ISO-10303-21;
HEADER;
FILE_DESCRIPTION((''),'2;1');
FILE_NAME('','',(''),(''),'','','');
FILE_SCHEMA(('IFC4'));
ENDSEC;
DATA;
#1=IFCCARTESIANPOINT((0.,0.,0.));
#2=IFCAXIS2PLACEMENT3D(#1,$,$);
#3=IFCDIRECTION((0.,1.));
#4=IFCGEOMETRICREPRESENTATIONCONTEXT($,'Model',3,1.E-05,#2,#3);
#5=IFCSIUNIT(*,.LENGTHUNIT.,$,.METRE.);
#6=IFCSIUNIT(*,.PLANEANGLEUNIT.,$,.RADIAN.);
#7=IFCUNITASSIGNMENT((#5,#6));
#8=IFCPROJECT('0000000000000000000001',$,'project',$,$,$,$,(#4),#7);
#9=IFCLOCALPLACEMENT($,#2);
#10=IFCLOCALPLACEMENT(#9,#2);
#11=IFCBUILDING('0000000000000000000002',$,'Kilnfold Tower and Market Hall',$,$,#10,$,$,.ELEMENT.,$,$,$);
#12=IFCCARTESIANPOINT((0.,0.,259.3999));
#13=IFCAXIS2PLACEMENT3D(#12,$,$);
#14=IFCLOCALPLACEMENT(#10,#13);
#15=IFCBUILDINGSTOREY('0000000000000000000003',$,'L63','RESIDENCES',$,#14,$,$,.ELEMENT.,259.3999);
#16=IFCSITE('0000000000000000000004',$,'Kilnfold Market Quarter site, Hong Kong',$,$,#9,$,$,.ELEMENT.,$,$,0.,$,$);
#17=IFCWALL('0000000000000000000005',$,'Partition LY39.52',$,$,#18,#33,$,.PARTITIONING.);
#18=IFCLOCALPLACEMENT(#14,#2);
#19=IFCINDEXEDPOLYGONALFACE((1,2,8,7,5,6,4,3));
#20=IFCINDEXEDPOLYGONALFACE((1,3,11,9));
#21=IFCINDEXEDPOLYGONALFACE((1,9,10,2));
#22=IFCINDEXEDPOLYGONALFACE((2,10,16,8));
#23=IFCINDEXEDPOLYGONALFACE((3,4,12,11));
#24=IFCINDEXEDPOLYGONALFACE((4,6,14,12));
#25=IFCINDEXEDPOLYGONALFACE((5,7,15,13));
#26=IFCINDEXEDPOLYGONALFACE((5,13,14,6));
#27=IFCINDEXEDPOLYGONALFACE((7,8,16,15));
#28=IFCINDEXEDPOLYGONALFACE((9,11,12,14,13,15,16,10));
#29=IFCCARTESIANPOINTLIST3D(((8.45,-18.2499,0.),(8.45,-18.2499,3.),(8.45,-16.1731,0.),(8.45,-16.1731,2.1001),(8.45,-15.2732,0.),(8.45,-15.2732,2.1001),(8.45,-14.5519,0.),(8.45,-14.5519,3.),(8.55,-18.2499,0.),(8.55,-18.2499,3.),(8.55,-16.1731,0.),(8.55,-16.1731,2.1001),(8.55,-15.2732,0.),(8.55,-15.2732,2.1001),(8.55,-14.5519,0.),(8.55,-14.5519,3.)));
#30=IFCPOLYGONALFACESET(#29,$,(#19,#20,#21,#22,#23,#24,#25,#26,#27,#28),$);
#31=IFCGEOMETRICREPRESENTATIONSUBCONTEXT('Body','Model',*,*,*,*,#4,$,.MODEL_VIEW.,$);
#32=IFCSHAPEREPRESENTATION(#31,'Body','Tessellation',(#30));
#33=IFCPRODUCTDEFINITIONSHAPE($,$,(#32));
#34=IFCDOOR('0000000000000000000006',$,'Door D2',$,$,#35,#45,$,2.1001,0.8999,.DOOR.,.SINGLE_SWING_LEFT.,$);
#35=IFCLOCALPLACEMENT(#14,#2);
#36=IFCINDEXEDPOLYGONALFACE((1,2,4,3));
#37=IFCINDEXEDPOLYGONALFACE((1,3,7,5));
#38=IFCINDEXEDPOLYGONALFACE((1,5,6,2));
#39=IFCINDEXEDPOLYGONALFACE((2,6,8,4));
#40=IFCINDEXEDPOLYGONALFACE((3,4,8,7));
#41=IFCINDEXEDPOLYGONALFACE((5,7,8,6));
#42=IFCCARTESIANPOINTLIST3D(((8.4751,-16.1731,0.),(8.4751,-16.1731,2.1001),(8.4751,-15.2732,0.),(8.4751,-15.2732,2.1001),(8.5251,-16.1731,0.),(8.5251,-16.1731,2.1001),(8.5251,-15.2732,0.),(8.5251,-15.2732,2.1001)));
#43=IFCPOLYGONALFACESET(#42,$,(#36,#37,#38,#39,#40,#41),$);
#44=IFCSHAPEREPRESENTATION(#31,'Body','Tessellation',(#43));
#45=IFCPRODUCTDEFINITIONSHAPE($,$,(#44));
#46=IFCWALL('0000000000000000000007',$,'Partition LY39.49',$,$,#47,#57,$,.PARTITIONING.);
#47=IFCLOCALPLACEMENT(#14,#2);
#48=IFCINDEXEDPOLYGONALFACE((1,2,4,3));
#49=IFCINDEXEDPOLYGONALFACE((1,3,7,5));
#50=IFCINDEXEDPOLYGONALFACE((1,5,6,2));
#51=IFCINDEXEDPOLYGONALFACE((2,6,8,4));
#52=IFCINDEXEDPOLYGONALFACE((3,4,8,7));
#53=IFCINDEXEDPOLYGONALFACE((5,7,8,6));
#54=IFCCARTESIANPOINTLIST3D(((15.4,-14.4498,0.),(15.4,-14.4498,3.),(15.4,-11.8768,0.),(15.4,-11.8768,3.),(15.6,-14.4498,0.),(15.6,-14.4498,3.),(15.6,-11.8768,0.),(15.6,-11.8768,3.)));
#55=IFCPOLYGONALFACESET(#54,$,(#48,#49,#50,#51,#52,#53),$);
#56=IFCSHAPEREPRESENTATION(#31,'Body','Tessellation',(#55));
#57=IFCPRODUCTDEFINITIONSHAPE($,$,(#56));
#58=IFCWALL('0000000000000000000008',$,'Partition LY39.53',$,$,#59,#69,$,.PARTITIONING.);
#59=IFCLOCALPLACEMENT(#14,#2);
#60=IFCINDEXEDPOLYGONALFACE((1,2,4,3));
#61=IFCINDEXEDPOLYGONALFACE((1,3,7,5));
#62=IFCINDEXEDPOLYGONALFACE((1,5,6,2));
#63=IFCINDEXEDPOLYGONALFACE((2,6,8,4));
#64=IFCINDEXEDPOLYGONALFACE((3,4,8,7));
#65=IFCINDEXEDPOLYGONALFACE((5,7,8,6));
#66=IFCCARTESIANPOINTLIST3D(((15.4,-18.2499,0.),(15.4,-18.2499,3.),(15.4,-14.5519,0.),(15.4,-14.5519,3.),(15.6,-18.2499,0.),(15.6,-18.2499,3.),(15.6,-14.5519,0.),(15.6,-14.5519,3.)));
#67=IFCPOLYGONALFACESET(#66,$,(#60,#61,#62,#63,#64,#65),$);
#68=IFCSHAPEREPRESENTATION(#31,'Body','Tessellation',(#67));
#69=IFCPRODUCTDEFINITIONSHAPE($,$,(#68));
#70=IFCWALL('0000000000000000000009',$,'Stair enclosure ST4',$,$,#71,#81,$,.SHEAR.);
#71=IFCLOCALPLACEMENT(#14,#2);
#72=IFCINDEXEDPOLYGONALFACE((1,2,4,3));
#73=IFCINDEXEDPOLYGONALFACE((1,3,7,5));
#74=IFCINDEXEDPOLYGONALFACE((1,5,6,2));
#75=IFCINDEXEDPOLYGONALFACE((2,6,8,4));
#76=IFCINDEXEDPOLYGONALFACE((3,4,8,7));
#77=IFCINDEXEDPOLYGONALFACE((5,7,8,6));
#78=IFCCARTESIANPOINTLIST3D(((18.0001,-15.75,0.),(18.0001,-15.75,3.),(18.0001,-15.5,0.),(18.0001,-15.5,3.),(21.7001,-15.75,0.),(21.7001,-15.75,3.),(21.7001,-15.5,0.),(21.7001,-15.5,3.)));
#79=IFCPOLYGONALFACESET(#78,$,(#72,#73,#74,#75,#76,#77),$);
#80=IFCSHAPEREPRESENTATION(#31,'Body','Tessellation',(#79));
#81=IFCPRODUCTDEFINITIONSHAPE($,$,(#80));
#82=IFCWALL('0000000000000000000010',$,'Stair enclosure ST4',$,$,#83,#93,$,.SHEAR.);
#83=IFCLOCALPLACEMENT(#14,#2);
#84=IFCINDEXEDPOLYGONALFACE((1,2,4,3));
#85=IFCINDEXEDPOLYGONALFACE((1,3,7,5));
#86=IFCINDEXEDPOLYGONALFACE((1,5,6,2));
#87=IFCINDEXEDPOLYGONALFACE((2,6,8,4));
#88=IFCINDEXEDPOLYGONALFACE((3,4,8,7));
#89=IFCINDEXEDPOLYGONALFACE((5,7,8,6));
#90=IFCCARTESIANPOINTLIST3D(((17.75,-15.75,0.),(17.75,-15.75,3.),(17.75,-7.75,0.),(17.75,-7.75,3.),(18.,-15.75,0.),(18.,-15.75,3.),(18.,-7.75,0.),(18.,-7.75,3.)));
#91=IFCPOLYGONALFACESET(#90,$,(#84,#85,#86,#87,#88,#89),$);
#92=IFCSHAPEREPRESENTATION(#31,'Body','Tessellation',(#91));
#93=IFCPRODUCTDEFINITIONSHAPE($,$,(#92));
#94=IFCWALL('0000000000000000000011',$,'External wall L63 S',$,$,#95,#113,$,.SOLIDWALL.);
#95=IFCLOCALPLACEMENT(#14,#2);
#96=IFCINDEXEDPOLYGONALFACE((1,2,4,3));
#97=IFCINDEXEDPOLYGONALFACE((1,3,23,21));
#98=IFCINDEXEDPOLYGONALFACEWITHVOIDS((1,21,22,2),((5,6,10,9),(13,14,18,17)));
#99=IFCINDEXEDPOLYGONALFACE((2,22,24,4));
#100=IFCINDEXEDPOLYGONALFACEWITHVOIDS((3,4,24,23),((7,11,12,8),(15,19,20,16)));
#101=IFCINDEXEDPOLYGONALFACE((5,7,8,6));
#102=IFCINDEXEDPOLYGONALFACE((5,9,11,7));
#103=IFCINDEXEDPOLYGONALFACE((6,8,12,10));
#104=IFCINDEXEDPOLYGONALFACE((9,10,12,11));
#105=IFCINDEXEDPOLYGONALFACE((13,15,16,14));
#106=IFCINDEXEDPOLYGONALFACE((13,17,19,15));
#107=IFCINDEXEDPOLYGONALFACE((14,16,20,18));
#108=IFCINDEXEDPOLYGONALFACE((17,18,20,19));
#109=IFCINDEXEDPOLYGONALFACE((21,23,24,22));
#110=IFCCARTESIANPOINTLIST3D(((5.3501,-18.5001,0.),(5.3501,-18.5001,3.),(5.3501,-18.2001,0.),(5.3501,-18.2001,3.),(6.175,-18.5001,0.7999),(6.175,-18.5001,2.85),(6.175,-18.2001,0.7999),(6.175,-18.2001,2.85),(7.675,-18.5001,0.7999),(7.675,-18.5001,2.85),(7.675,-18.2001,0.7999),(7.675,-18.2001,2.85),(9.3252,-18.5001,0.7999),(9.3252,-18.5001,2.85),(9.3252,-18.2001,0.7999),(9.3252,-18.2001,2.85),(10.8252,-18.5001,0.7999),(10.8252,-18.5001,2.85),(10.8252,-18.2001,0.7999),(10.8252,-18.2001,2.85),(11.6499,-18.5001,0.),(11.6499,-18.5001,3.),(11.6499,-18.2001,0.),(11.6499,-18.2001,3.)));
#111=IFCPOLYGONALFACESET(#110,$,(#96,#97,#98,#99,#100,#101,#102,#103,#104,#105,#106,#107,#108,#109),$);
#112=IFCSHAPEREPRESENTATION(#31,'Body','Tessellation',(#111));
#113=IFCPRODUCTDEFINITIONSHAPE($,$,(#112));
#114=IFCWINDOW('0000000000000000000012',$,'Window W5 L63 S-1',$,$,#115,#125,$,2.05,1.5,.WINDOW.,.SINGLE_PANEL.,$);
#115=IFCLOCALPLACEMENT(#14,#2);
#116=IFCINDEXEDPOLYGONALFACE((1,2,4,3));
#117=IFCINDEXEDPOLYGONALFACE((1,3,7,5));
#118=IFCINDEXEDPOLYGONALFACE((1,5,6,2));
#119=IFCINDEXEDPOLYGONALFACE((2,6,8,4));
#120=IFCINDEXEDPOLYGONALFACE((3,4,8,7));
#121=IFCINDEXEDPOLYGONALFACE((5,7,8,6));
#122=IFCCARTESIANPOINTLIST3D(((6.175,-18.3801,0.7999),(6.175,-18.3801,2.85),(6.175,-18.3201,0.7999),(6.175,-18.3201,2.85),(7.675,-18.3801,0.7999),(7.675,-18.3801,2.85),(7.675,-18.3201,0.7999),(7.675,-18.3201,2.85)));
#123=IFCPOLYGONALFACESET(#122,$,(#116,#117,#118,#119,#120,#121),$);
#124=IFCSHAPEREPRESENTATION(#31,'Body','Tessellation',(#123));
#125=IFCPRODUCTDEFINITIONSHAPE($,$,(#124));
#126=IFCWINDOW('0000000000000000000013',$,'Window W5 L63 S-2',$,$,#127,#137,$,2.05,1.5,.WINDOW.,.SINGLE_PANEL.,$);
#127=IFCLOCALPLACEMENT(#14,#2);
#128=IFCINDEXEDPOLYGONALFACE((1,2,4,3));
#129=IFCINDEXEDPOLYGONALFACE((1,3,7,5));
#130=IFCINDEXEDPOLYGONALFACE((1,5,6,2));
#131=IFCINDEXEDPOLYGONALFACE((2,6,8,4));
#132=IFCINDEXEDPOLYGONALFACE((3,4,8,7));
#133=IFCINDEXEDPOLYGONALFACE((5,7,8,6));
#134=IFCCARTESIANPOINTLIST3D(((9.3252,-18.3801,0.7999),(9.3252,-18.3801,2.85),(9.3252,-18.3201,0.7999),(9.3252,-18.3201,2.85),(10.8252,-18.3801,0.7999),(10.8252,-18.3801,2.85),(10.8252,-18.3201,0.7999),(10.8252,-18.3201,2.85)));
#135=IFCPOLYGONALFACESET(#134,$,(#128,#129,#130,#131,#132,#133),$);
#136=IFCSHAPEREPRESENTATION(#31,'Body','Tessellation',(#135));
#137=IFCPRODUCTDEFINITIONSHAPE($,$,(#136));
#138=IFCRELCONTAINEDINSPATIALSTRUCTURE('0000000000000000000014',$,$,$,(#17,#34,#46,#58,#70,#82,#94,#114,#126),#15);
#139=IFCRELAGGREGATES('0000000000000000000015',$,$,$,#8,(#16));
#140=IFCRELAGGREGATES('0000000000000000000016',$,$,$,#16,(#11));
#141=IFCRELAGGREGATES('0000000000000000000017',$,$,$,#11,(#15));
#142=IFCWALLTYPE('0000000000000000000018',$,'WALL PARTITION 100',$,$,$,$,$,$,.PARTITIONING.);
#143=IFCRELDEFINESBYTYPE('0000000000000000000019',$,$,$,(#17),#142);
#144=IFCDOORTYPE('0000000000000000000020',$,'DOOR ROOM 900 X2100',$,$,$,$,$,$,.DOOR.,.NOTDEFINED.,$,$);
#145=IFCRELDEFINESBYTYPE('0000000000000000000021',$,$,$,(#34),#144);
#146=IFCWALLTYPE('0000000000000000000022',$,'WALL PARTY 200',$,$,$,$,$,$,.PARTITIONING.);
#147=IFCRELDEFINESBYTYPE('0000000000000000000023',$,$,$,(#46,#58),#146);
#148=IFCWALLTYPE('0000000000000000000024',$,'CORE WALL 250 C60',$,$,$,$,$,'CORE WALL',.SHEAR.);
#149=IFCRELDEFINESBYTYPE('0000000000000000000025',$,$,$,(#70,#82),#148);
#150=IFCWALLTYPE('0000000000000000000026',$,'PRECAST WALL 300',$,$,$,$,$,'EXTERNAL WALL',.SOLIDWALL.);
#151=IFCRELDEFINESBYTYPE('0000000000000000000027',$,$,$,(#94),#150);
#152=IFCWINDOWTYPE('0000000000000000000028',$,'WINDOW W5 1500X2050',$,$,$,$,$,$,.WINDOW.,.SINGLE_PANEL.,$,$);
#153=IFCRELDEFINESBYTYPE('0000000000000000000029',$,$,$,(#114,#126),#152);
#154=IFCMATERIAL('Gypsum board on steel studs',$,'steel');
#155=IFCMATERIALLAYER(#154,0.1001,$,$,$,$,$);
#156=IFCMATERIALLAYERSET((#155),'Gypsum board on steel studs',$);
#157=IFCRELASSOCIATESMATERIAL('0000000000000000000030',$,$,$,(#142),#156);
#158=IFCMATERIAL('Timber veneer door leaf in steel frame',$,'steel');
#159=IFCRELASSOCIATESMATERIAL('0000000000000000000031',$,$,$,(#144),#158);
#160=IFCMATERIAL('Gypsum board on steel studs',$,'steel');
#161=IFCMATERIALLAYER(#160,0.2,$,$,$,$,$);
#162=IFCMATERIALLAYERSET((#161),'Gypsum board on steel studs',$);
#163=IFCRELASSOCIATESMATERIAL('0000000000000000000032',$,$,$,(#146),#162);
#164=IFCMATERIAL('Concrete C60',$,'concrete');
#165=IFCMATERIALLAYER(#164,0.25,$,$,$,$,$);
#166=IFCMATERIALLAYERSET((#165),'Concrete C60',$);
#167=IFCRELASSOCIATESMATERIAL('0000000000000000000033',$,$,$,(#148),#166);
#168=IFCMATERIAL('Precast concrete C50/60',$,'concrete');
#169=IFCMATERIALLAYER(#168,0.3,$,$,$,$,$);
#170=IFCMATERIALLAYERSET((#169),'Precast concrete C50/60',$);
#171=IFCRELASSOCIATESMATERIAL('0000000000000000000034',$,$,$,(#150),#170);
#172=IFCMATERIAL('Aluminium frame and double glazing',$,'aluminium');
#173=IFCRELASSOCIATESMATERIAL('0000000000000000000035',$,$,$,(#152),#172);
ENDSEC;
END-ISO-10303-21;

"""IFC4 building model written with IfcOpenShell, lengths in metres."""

from ifc_helpers import new_model, si_unit, direction, frame, frame_2d, origin, place, context, subcontext, project, spatial, rectangle, extrude, source, transform, mapped, material, layer, layer_set, type_object, element, fill, save


model = new_model("IFC4")

# Units and contexts
model_context = context("Model", 3, precision=1e-05, world=origin(), true_north=direction((0.0, 1.0)))
body_context = subcontext(model_context, "Body", "Model", "MODEL_VIEW")
ifc_project = project(units=[si_unit("LENGTHUNIT", "METRE"), si_unit("PLANEANGLEUNIT", "RADIAN")], contexts=[model_context])

# Site, building, storey
site_placement = place(None, origin())
site = spatial("IfcSite", under=ifc_project, at=site_placement, Name="Kilnfold Market Quarter site, Hong Kong", CompositionType="ELEMENT", RefElevation=0.0)
building_placement = place(site_placement, origin())
building = spatial("IfcBuilding", under=site, at=building_placement, Name="Kilnfold Tower and Market Hall", CompositionType="ELEMENT")
storey_placement = place(building_placement, frame((0.0, 0.0, 259.3999)))
storey = spatial("IfcBuildingStorey", under=building, at=storey_placement, Name="L63", Description="RESIDENCES", CompositionType="ELEMENT", Elevation=259.3999)

# Shared definitions
ifc_material_1 = material(Name="Gypsum board on steel studs", Category="steel")
ifc_layer_1 = layer(ifc_material_1, 0.1001)
ifc_layer_set_1 = layer_set([ifc_layer_1], Name="Gypsum board on steel studs")
wall_type_1 = type_object("IfcWallType", Name="WALL PARTITION 100", PredefinedType="PARTITIONING", material=ifc_layer_set_1)
ifc_material_2 = material(Name="Timber veneer door leaf in steel frame", Category="steel")
door_type_1 = type_object("IfcDoorType", Name="DOOR ROOM 900 X2100", OperationType="NOTDEFINED", PredefinedType="DOOR", material=ifc_material_2)

# Wall, opening, door
wall_1_placement = place(storey_placement, frame((8.5, -18.25, 0.0), z_axis=(0.0, 0.0, 1.0), x_axis=(0.0, 1.0, 0.0)))
wall_1 = element("IfcWall", 1, at=wall_1_placement, inside=storey, type_object=wall_type_1, Name="Partition LY39.52", PredefinedType="PARTITIONING", context=body_context, shape_type="SweptSolid", body=[
    extrude(rectangle(XDim=3.698, YDim=0.1001, at=frame_2d((1.8491, 0.0))), origin(), (0.0, 0.0, 1.0), 3.0),
])
opening_1_placement = place(wall_1_placement, frame((2.0769, 0.0, 0.0)))
opening_1 = element("IfcOpeningElement", 2, at=opening_1_placement, cuts=wall_1, PredefinedType="OPENING", context=body_context, shape_type="SweptSolid", body=[
    extrude(rectangle(XDim=0.8999, YDim=2.1001, at=frame_2d((0.45, 1.05))), frame((0.0, 0.0601, 0.0), z_axis=(0.0, -1.0, 0.0), x_axis=(1.0, 0.0, 0.0)), (0.0, 0.0, 1.0), 0.1201),
])
door_1_placement = place(opening_1_placement, origin())
door_1 = element("IfcDoor", 3, at=door_1_placement, inside=storey, type_object=door_type_1, Name="Door D2", OperationType="SINGLE_SWING_LEFT", OverallHeight=2.1001, OverallWidth=0.8999, PredefinedType="DOOR", context=body_context, shape_type="SweptSolid", body=[
    extrude(rectangle(XDim=0.8999, YDim=2.1001, at=frame_2d((0.45, 1.05))), frame((0.0, 0.0249, 0.0), z_axis=(0.0, -1.0, 0.0), x_axis=(1.0, 0.0, 0.0)), (0.0, 0.0, 1.0), 0.05),
])
fill(opening_1, door_1)

# Walls
ifc_material_3 = material(Name="Gypsum board on steel studs", Category="steel")
ifc_layer_2 = layer(ifc_material_3, 0.2)
ifc_layer_set_2 = layer_set([ifc_layer_2], Name="Gypsum board on steel studs")
wall_type_2 = type_object("IfcWallType", Name="WALL PARTY 200", PredefinedType="PARTITIONING", material=ifc_layer_set_2)
wall_2_placement = place(storey_placement, frame((15.5, -14.45, 0.0), z_axis=(0.0, 0.0, 1.0), x_axis=(0.0, 1.0, 0.0)))
element("IfcWall", 4, at=wall_2_placement, inside=storey, type_object=wall_type_2, Name="Partition LY39.49", PredefinedType="PARTITIONING", context=body_context, shape_type="SweptSolid", body=[
    extrude(rectangle(XDim=2.573, YDim=0.2, at=frame_2d((1.2866, 0.0))), origin(), (0.0, 0.0, 1.0), 3.0),
])
wall_3_placement = place(storey_placement, frame((15.5, -18.25, 0.0), z_axis=(0.0, 0.0, 1.0), x_axis=(0.0, 1.0, 0.0)))
element("IfcWall", 5, at=wall_3_placement, inside=storey, type_object=wall_type_2, Name="Partition LY39.53", PredefinedType="PARTITIONING", context=body_context, shape_type="SweptSolid", body=[
    extrude(rectangle(XDim=3.698, YDim=0.2, at=frame_2d((1.8491, 0.0))), origin(), (0.0, 0.0, 1.0), 3.0),
])
ifc_material_4 = material(Name="Concrete C60", Category="concrete")
ifc_layer_3 = layer(ifc_material_4, 0.25)
ifc_layer_set_3 = layer_set([ifc_layer_3], Name="Concrete C60")
wall_type_3 = type_object("IfcWallType", Name="CORE WALL 250 C60", ElementType="CORE WALL", PredefinedType="SHEAR", material=ifc_layer_set_3)
shared_shape_1 = source(origin(), body_context, "Body", "SweptSolid", [
    extrude(rectangle(XDim=3.7, YDim=0.25, at=frame_2d((1.8501, 0.0))), origin(), (0.0, 0.0, 1.0), 3.0),
])
wall_4_placement = place(storey_placement, frame((18.0, -15.625, 0.0), z_axis=(0.0, 0.0, 1.0), x_axis=(1.0, 0.0, 0.0)))
element("IfcWall", 6, at=wall_4_placement, inside=storey, type_object=wall_type_3, Name="Stair enclosure ST4", PredefinedType="SHEAR", context=body_context, shape_type="MappedRepresentation", body=[
    mapped(shared_shape_1, transform((0.0, 0.0, 0.0))),
])
shared_shape_2 = source(origin(), body_context, "Body", "SweptSolid", [
    extrude(rectangle(XDim=8.0, YDim=0.25, at=frame_2d((4.0, 0.0))), origin(), (0.0, 0.0, 1.0), 3.0),
])
wall_5_placement = place(storey_placement, frame((17.875, -15.75, 0.0), z_axis=(0.0, 0.0, 1.0), x_axis=(0.0, 1.0, 0.0)))
element("IfcWall", 7, at=wall_5_placement, inside=storey, type_object=wall_type_3, Name="Stair enclosure ST4", PredefinedType="SHEAR", context=body_context, shape_type="MappedRepresentation", body=[
    mapped(shared_shape_2, transform((0.0, 0.0, 0.0))),
])

# Wall, openings, windows
ifc_material_5 = material(Name="Precast concrete C50/60", Category="concrete")
ifc_layer_4 = layer(ifc_material_5, 0.3)
ifc_layer_set_4 = layer_set([ifc_layer_4], Name="Precast concrete C50/60")
wall_type_4 = type_object("IfcWallType", Name="PRECAST WALL 300", ElementType="EXTERNAL WALL", PredefinedType="SOLIDWALL", material=ifc_layer_set_4)
shared_shape_3 = source(origin(), body_context, "Body", "SweptSolid", [
    extrude(rectangle(XDim=6.2998, YDim=0.3, at=frame_2d((3.1499, 0.0))), origin(), (0.0, 0.0, 1.0), 3.0),
])
wall_6_placement = place(storey_placement, frame((5.3501, -18.3501, 0.0), z_axis=(0.0, 0.0, 1.0), x_axis=(1.0, 0.0, 0.0)))
wall_6 = element("IfcWall", 8, at=wall_6_placement, inside=storey, type_object=wall_type_4, Name="External wall L63 S", PredefinedType="SOLIDWALL", context=body_context, shape_type="MappedRepresentation", body=[
    mapped(shared_shape_3, transform((0.0, 0.0, 0.0))),
])
opening_2_placement = place(wall_6_placement, frame((0.825, 0.0, 0.8)))
opening_2 = element("IfcOpeningElement", 9, at=opening_2_placement, cuts=wall_6, PredefinedType="OPENING", context=body_context, shape_type="SweptSolid", body=[
    extrude(rectangle(XDim=1.5, YDim=2.05, at=frame_2d((0.75, 1.0249))), frame((0.0, 0.1602, 0.0), z_axis=(0.0, -1.0, 0.0), x_axis=(1.0, 0.0, 0.0)), (0.0, 0.0, 1.0), 0.3201),
])
opening_3_placement = place(wall_6_placement, frame((3.9751, 0.0, 0.8)))
opening_3 = element("IfcOpeningElement", 10, at=opening_3_placement, cuts=wall_6, PredefinedType="OPENING", context=body_context, shape_type="SweptSolid", body=[
    extrude(rectangle(XDim=1.5, YDim=2.05, at=frame_2d((0.75, 1.0249))), frame((0.0, 0.1602, 0.0), z_axis=(0.0, -1.0, 0.0), x_axis=(1.0, 0.0, 0.0)), (0.0, 0.0, 1.0), 0.3201),
])
ifc_material_6 = material(Name="Aluminium frame and double glazing", Category="aluminium")
window_type = type_object("IfcWindowType", Name="WINDOW W5 1500X2050", PartitioningType="SINGLE_PANEL", PredefinedType="WINDOW", material=ifc_material_6)
window_1_placement = place(opening_2_placement, origin())
window_1 = element("IfcWindow", 11, at=window_1_placement, inside=storey, type_object=window_type, Name="Window W5 L63 S-1", OverallHeight=2.05, OverallWidth=1.5, PartitioningType="SINGLE_PANEL", PredefinedType="WINDOW", context=body_context, shape_type="SweptSolid", body=[
    extrude(rectangle(XDim=1.5, YDim=2.05, at=frame_2d((0.75, 1.0249))), frame((0.0, 0.03, 0.0), z_axis=(0.0, -1.0, 0.0), x_axis=(1.0, 0.0, 0.0)), (0.0, 0.0, 1.0), 0.0601),
])
fill(opening_2, window_1)
window_2_placement = place(opening_3_placement, origin())
window_2 = element("IfcWindow", 12, at=window_2_placement, inside=storey, type_object=window_type, Name="Window W5 L63 S-2", OverallHeight=2.05, OverallWidth=1.5, PartitioningType="SINGLE_PANEL", PredefinedType="WINDOW", context=body_context, shape_type="SweptSolid", body=[
    extrude(rectangle(XDim=1.5, YDim=2.05, at=frame_2d((0.75, 1.0249))), frame((0.0, 0.03, 0.0), z_axis=(0.0, -1.0, 0.0), x_axis=(1.0, 0.0, 0.0)), (0.0, 0.0, 1.0), 0.0601),
])
fill(opening_3, window_2)

save(model, "model.ifc")
